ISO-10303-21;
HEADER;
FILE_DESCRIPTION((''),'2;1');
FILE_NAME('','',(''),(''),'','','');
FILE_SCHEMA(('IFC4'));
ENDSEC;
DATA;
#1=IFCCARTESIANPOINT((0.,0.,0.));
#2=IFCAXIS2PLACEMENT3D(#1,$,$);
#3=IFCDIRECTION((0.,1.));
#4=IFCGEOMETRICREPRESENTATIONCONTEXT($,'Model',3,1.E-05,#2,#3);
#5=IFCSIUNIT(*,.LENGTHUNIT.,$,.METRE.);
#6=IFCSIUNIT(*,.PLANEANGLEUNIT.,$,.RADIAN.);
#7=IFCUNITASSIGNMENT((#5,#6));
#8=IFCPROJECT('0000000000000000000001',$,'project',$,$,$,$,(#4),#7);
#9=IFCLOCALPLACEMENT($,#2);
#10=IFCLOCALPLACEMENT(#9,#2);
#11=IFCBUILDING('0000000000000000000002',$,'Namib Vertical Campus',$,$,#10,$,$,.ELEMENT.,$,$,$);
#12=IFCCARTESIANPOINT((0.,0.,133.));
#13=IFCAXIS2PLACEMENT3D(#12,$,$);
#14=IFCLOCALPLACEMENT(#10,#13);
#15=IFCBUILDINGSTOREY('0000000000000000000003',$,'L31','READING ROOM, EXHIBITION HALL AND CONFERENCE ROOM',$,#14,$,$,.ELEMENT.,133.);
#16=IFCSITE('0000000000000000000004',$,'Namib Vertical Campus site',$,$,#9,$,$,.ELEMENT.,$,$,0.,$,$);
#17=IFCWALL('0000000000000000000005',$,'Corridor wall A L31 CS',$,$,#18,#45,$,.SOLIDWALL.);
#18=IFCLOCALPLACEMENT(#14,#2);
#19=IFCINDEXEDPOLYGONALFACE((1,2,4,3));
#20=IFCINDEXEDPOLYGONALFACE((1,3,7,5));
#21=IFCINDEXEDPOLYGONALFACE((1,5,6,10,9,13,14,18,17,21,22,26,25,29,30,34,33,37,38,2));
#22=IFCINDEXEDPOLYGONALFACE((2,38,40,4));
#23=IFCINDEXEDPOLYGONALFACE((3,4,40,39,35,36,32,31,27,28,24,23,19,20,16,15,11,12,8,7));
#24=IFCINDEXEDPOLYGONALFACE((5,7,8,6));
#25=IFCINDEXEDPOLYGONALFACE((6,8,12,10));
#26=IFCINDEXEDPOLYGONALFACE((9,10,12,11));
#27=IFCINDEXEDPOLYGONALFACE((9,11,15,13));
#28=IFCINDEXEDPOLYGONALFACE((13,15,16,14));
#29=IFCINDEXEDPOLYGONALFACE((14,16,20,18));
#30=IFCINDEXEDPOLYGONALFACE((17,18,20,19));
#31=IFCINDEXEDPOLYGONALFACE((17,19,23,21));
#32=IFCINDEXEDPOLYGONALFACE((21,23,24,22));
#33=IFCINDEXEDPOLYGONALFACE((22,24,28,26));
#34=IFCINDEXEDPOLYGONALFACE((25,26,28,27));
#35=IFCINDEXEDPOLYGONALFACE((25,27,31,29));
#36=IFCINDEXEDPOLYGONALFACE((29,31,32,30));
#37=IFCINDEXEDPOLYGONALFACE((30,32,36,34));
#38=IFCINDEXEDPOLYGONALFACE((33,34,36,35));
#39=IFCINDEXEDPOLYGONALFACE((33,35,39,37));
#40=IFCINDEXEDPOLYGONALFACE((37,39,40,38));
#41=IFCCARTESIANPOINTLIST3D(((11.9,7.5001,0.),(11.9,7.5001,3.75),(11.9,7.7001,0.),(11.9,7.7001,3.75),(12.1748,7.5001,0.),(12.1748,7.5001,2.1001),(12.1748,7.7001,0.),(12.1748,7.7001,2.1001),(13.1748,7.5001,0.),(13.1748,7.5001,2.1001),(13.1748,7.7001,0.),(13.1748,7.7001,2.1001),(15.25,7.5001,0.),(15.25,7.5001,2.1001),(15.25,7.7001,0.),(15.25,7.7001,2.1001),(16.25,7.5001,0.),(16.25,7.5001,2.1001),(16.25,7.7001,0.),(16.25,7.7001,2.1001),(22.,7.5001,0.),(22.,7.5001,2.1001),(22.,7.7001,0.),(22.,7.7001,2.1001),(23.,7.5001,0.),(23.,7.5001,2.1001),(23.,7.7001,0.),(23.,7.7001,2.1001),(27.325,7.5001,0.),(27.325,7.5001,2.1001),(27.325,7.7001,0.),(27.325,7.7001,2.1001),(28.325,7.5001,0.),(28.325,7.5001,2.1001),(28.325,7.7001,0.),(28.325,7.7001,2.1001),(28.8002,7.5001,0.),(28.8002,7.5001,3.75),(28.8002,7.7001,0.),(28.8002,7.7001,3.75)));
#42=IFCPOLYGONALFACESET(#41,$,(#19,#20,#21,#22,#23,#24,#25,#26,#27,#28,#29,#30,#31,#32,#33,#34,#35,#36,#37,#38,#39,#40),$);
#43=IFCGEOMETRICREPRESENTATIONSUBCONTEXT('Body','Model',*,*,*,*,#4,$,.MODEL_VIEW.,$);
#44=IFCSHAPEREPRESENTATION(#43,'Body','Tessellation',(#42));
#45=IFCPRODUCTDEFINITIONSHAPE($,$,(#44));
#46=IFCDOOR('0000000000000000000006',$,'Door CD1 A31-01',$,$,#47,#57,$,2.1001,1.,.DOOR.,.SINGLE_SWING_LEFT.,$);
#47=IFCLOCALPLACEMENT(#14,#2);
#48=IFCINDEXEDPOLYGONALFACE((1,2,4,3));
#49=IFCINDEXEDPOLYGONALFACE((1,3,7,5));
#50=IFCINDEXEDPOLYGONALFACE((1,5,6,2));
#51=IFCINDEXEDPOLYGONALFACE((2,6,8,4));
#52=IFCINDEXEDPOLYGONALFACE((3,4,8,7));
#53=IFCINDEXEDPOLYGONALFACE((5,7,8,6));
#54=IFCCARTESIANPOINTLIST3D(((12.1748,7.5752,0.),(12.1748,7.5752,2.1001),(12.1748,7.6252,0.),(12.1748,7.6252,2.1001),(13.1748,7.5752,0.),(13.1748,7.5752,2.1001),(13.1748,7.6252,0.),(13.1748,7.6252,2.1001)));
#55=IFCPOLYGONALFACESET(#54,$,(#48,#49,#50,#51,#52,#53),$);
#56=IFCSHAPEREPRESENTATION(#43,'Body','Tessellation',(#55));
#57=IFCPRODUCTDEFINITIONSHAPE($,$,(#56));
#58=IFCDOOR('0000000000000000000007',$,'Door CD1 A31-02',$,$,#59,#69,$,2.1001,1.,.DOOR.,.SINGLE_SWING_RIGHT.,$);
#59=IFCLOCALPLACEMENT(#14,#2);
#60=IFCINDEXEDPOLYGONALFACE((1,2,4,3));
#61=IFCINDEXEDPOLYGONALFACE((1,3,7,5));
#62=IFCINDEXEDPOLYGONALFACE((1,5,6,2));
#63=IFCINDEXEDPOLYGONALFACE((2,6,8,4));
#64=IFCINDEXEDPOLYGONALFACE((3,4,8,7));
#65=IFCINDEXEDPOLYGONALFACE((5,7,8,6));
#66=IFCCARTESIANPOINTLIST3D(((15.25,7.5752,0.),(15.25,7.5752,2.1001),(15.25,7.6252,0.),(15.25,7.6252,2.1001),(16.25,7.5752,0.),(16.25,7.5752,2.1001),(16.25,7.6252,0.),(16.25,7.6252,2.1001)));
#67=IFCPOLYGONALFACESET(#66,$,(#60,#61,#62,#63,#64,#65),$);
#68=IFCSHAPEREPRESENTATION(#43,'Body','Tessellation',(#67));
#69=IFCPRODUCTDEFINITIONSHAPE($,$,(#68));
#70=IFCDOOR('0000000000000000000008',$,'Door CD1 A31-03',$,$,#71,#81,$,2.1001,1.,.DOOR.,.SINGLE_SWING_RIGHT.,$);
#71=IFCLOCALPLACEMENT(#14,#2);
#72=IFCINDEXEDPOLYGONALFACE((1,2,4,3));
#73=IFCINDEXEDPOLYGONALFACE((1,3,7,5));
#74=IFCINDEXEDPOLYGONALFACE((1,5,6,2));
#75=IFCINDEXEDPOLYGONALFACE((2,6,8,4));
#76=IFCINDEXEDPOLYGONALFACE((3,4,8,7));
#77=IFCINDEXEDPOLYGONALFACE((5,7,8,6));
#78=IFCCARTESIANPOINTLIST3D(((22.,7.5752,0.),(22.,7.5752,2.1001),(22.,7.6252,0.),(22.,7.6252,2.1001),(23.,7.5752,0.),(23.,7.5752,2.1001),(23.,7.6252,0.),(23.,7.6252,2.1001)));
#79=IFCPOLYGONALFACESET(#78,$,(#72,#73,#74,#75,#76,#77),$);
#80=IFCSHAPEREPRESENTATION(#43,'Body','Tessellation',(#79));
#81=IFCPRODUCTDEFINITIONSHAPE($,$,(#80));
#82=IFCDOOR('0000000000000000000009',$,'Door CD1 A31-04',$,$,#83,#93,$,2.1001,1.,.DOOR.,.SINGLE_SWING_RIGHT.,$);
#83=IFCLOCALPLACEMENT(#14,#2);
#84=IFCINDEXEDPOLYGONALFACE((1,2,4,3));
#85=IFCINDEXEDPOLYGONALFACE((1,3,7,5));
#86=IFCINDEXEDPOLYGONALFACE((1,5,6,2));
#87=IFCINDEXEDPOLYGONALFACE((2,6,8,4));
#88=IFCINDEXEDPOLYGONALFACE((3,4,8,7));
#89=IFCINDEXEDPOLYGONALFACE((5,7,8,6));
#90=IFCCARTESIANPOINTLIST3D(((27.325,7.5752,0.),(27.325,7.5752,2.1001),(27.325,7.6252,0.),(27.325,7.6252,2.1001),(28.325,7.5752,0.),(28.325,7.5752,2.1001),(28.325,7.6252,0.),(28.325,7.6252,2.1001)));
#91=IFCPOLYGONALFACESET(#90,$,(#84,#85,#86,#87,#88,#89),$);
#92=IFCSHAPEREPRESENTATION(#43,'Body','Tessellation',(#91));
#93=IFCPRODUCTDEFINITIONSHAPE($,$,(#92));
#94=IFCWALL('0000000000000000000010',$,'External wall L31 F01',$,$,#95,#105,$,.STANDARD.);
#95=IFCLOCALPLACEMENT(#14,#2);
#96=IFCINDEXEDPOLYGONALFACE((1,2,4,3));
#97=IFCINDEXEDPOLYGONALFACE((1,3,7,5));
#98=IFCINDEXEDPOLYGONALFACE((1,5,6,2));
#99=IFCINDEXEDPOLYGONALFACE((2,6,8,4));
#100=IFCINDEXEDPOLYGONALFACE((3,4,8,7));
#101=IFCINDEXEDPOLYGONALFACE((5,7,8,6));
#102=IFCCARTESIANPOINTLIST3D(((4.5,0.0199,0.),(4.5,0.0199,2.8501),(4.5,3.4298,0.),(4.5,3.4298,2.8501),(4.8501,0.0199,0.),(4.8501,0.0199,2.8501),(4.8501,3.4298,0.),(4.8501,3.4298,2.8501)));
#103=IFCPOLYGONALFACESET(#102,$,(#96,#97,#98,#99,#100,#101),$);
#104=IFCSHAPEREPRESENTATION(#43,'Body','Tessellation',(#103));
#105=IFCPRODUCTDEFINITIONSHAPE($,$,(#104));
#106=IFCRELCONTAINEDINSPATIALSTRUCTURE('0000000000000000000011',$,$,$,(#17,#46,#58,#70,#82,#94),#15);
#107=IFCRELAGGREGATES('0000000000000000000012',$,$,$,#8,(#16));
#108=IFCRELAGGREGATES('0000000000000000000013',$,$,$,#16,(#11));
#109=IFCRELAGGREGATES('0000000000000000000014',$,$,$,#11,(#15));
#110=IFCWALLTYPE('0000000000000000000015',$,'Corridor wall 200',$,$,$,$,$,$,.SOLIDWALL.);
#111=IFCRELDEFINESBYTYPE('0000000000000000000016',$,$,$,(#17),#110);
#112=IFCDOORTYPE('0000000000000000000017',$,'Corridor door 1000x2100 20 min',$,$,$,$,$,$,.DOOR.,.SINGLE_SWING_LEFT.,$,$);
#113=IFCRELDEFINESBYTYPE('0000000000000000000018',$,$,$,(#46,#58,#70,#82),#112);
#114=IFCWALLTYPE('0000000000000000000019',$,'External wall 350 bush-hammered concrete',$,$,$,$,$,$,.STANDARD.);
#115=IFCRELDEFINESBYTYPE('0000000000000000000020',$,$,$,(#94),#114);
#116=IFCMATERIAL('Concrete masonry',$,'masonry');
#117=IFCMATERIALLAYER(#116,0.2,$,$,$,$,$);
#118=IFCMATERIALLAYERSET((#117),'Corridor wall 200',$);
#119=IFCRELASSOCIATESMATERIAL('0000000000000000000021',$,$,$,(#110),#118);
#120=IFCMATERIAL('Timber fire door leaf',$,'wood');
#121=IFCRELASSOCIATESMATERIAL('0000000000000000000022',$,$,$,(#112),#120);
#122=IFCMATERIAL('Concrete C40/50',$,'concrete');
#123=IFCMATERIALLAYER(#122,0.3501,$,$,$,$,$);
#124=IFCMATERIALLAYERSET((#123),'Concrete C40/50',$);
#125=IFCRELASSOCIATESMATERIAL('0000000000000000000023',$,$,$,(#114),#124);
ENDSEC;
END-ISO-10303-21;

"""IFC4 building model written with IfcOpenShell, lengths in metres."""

from ifc_helpers import new_model, si_unit, direction, frame, frame_2d, origin, place, context, subcontext, project, spatial, rectangle, extrude, material, layer, layer_set, type_object, element, fill, save


model = new_model("IFC4")

# Units and contexts
model_context = context("Model", 3, precision=1e-05, world=origin(), true_north=direction((0.0, 1.0)))
body_context = subcontext(model_context, "Body", "Model", "MODEL_VIEW")
ifc_project = project(units=[si_unit("LENGTHUNIT", "METRE"), si_unit("PLANEANGLEUNIT", "RADIAN")], contexts=[model_context])

# Site, building, storey
site_placement = place(None, origin())
site = spatial("IfcSite", under=ifc_project, at=site_placement, Name="Namib Vertical Campus site", CompositionType="ELEMENT", RefElevation=0.0)
building_placement = place(site_placement, origin())
building = spatial("IfcBuilding", under=site, at=building_placement, Name="Namib Vertical Campus", CompositionType="ELEMENT")
storey_placement = place(building_placement, frame((0.0, 0.0, 133.0)))
storey = spatial("IfcBuildingStorey", under=building, at=storey_placement, Name="L31", Description="READING ROOM, EXHIBITION HALL AND CONFERENCE ROOM", CompositionType="ELEMENT", Elevation=133.0)

# Wall, openings, doors
ifc_material_1 = material(Name="Concrete masonry", Category="masonry")
ifc_layer_1 = layer(ifc_material_1, 0.2)
ifc_layer_set_1 = layer_set([ifc_layer_1], Name="Corridor wall 200")
wall_type_1 = type_object("IfcWallType", Name="Corridor wall 200", PredefinedType="SOLIDWALL", material=ifc_layer_set_1)
wall_1_placement = place(storey_placement, frame((11.8999, 7.6001, 0.0), z_axis=(0.0, 0.0, 1.0), x_axis=(1.0, 0.0, 0.0)))
wall_1 = element("IfcWall", 1, at=wall_1_placement, inside=storey, type_object=wall_type_1, Name="Corridor wall A L31 CS", PredefinedType="SOLIDWALL", context=body_context, shape_type="SweptSolid", body=[
    extrude(rectangle(XDim=16.9001, YDim=0.2, at=frame_2d((8.4502, 0.0))), origin(), (0.0, 0.0, 1.0), 3.75),
])
opening_1_placement = place(wall_1_placement, frame((0.2749, 0.0, 0.0)))
opening_1 = element("IfcOpeningElement", 2, at=opening_1_placement, cuts=wall_1, PredefinedType="OPENING", context=body_context, shape_type="SweptSolid", body=[
    extrude(rectangle(XDim=1.0, YDim=2.1001, at=frame_2d((0.5, 1.05))), frame((0.0, 0.1099, 0.0), z_axis=(0.0, -1.0, 0.0), x_axis=(1.0, 0.0, 0.0)), (0.0, 0.0, 1.0), 0.22),
])
opening_2_placement = place(wall_1_placement, frame((3.3501, 0.0, 0.0)))
opening_2 = element("IfcOpeningElement", 3, at=opening_2_placement, cuts=wall_1, PredefinedType="OPENING", context=body_context, shape_type="SweptSolid", body=[
    extrude(rectangle(XDim=1.0, YDim=2.1001, at=frame_2d((0.5, 1.05))), frame((0.0, 0.1099, 0.0), z_axis=(0.0, -1.0, 0.0), x_axis=(1.0, 0.0, 0.0)), (0.0, 0.0, 1.0), 0.22),
])
opening_3_placement = place(wall_1_placement, frame((10.1001, 0.0, 0.0)))
opening_3 = element("IfcOpeningElement", 4, at=opening_3_placement, cuts=wall_1, PredefinedType="OPENING", context=body_context, shape_type="SweptSolid", body=[
    extrude(rectangle(XDim=1.0, YDim=2.1001, at=frame_2d((0.5, 1.05))), frame((0.0, 0.1099, 0.0), z_axis=(0.0, -1.0, 0.0), x_axis=(1.0, 0.0, 0.0)), (0.0, 0.0, 1.0), 0.22),
])
opening_4_placement = place(wall_1_placement, frame((15.425, 0.0, 0.0)))
opening_4 = element("IfcOpeningElement", 5, at=opening_4_placement, cuts=wall_1, PredefinedType="OPENING", context=body_context, shape_type="SweptSolid", body=[
    extrude(rectangle(XDim=1.0, YDim=2.1001, at=frame_2d((0.5, 1.05))), frame((0.0, 0.1099, 0.0), z_axis=(0.0, -1.0, 0.0), x_axis=(1.0, 0.0, 0.0)), (0.0, 0.0, 1.0), 0.22),
])
ifc_material_2 = material(Name="Timber fire door leaf", Category="wood")
door_type = type_object("IfcDoorType", Name="Corridor door 1000x2100 20 min", OperationType="SINGLE_SWING_LEFT", PredefinedType="DOOR", material=ifc_material_2)
door_1_placement = place(opening_1_placement, frame((1.0, 0.0, 0.0), z_axis=(0.0, 0.0, 1.0), x_axis=(-1.0, 0.0, 0.0)))
door_1 = element("IfcDoor", 6, at=door_1_placement, inside=storey, type_object=door_type, Name="Door CD1 A31-01", OperationType="SINGLE_SWING_LEFT", OverallHeight=2.1001, OverallWidth=1.0, PredefinedType="DOOR", context=body_context, shape_type="SweptSolid", body=[
    extrude(rectangle(XDim=1.0, YDim=2.1001, at=frame_2d((0.5, 1.05))), frame((0.0, 0.0249, 0.0), z_axis=(0.0, -1.0, 0.0), x_axis=(1.0, 0.0, 0.0)), (0.0, 0.0, 1.0), 0.05),
])
fill(opening_1, door_1)
door_2_placement = place(opening_2_placement, frame((1.0, 0.0, 0.0), z_axis=(0.0, 0.0, 1.0), x_axis=(-1.0, 0.0, 0.0)))
door_2 = element("IfcDoor", 7, at=door_2_placement, inside=storey, type_object=door_type, Name="Door CD1 A31-02", OperationType="SINGLE_SWING_RIGHT", OverallHeight=2.1001, OverallWidth=1.0, PredefinedType="DOOR", context=body_context, shape_type="SweptSolid", body=[
    extrude(rectangle(XDim=1.0, YDim=2.1001, at=frame_2d((0.5, 1.05))), frame((0.0, 0.0249, 0.0), z_axis=(0.0, -1.0, 0.0), x_axis=(1.0, 0.0, 0.0)), (0.0, 0.0, 1.0), 0.05),
])
fill(opening_2, door_2)
door_3_placement = place(opening_3_placement, frame((1.0, 0.0, 0.0), z_axis=(0.0, 0.0, 1.0), x_axis=(-1.0, 0.0, 0.0)))
door_3 = element("IfcDoor", 8, at=door_3_placement, inside=storey, type_object=door_type, Name="Door CD1 A31-03", OperationType="SINGLE_SWING_RIGHT", OverallHeight=2.1001, OverallWidth=1.0, PredefinedType="DOOR", context=body_context, shape_type="SweptSolid", body=[
    extrude(rectangle(XDim=1.0, YDim=2.1001, at=frame_2d((0.5, 1.05))), frame((0.0, 0.0249, 0.0), z_axis=(0.0, -1.0, 0.0), x_axis=(1.0, 0.0, 0.0)), (0.0, 0.0, 1.0), 0.05),
])
fill(opening_3, door_3)
door_4_placement = place(opening_4_placement, frame((1.0, 0.0, 0.0), z_axis=(0.0, 0.0, 1.0), x_axis=(-1.0, 0.0, 0.0)))
door_4 = element("IfcDoor", 9, at=door_4_placement, inside=storey, type_object=door_type, Name="Door CD1 A31-04", OperationType="SINGLE_SWING_RIGHT", OverallHeight=2.1001, OverallWidth=1.0, PredefinedType="DOOR", context=body_context, shape_type="SweptSolid", body=[
    extrude(rectangle(XDim=1.0, YDim=2.1001, at=frame_2d((0.5, 1.05))), frame((0.0, 0.0249, 0.0), z_axis=(0.0, -1.0, 0.0), x_axis=(1.0, 0.0, 0.0)), (0.0, 0.0, 1.0), 0.05),
])
fill(opening_4, door_4)

# Wall
ifc_material_3 = material(Name="Concrete C40/50", Category="concrete")
ifc_layer_2 = layer(ifc_material_3, 0.3501)
ifc_layer_set_2 = layer_set([ifc_layer_2], Name="Concrete C40/50")
wall_type_2 = type_object("IfcWallType", Name="External wall 350 bush-hammered concrete", PredefinedType="STANDARD", material=ifc_layer_set_2)
wall_2_placement = place(storey_placement, frame((4.675, 3.4299, 0.0), z_axis=(0.0, 0.0, 1.0), x_axis=(0.0, -1.0, 0.0)))
element("IfcWall", 10, at=wall_2_placement, inside=storey, type_object=wall_type_2, Name="External wall L31 F01", PredefinedType="STANDARD", context=body_context, shape_type="SweptSolid", body=[
    extrude(rectangle(XDim=3.4099, YDim=0.3501, at=frame_2d((1.7051, 0.0))), origin(), (0.0, 0.0, 1.0), 2.8501),
])

save(model, "model.ifc")
